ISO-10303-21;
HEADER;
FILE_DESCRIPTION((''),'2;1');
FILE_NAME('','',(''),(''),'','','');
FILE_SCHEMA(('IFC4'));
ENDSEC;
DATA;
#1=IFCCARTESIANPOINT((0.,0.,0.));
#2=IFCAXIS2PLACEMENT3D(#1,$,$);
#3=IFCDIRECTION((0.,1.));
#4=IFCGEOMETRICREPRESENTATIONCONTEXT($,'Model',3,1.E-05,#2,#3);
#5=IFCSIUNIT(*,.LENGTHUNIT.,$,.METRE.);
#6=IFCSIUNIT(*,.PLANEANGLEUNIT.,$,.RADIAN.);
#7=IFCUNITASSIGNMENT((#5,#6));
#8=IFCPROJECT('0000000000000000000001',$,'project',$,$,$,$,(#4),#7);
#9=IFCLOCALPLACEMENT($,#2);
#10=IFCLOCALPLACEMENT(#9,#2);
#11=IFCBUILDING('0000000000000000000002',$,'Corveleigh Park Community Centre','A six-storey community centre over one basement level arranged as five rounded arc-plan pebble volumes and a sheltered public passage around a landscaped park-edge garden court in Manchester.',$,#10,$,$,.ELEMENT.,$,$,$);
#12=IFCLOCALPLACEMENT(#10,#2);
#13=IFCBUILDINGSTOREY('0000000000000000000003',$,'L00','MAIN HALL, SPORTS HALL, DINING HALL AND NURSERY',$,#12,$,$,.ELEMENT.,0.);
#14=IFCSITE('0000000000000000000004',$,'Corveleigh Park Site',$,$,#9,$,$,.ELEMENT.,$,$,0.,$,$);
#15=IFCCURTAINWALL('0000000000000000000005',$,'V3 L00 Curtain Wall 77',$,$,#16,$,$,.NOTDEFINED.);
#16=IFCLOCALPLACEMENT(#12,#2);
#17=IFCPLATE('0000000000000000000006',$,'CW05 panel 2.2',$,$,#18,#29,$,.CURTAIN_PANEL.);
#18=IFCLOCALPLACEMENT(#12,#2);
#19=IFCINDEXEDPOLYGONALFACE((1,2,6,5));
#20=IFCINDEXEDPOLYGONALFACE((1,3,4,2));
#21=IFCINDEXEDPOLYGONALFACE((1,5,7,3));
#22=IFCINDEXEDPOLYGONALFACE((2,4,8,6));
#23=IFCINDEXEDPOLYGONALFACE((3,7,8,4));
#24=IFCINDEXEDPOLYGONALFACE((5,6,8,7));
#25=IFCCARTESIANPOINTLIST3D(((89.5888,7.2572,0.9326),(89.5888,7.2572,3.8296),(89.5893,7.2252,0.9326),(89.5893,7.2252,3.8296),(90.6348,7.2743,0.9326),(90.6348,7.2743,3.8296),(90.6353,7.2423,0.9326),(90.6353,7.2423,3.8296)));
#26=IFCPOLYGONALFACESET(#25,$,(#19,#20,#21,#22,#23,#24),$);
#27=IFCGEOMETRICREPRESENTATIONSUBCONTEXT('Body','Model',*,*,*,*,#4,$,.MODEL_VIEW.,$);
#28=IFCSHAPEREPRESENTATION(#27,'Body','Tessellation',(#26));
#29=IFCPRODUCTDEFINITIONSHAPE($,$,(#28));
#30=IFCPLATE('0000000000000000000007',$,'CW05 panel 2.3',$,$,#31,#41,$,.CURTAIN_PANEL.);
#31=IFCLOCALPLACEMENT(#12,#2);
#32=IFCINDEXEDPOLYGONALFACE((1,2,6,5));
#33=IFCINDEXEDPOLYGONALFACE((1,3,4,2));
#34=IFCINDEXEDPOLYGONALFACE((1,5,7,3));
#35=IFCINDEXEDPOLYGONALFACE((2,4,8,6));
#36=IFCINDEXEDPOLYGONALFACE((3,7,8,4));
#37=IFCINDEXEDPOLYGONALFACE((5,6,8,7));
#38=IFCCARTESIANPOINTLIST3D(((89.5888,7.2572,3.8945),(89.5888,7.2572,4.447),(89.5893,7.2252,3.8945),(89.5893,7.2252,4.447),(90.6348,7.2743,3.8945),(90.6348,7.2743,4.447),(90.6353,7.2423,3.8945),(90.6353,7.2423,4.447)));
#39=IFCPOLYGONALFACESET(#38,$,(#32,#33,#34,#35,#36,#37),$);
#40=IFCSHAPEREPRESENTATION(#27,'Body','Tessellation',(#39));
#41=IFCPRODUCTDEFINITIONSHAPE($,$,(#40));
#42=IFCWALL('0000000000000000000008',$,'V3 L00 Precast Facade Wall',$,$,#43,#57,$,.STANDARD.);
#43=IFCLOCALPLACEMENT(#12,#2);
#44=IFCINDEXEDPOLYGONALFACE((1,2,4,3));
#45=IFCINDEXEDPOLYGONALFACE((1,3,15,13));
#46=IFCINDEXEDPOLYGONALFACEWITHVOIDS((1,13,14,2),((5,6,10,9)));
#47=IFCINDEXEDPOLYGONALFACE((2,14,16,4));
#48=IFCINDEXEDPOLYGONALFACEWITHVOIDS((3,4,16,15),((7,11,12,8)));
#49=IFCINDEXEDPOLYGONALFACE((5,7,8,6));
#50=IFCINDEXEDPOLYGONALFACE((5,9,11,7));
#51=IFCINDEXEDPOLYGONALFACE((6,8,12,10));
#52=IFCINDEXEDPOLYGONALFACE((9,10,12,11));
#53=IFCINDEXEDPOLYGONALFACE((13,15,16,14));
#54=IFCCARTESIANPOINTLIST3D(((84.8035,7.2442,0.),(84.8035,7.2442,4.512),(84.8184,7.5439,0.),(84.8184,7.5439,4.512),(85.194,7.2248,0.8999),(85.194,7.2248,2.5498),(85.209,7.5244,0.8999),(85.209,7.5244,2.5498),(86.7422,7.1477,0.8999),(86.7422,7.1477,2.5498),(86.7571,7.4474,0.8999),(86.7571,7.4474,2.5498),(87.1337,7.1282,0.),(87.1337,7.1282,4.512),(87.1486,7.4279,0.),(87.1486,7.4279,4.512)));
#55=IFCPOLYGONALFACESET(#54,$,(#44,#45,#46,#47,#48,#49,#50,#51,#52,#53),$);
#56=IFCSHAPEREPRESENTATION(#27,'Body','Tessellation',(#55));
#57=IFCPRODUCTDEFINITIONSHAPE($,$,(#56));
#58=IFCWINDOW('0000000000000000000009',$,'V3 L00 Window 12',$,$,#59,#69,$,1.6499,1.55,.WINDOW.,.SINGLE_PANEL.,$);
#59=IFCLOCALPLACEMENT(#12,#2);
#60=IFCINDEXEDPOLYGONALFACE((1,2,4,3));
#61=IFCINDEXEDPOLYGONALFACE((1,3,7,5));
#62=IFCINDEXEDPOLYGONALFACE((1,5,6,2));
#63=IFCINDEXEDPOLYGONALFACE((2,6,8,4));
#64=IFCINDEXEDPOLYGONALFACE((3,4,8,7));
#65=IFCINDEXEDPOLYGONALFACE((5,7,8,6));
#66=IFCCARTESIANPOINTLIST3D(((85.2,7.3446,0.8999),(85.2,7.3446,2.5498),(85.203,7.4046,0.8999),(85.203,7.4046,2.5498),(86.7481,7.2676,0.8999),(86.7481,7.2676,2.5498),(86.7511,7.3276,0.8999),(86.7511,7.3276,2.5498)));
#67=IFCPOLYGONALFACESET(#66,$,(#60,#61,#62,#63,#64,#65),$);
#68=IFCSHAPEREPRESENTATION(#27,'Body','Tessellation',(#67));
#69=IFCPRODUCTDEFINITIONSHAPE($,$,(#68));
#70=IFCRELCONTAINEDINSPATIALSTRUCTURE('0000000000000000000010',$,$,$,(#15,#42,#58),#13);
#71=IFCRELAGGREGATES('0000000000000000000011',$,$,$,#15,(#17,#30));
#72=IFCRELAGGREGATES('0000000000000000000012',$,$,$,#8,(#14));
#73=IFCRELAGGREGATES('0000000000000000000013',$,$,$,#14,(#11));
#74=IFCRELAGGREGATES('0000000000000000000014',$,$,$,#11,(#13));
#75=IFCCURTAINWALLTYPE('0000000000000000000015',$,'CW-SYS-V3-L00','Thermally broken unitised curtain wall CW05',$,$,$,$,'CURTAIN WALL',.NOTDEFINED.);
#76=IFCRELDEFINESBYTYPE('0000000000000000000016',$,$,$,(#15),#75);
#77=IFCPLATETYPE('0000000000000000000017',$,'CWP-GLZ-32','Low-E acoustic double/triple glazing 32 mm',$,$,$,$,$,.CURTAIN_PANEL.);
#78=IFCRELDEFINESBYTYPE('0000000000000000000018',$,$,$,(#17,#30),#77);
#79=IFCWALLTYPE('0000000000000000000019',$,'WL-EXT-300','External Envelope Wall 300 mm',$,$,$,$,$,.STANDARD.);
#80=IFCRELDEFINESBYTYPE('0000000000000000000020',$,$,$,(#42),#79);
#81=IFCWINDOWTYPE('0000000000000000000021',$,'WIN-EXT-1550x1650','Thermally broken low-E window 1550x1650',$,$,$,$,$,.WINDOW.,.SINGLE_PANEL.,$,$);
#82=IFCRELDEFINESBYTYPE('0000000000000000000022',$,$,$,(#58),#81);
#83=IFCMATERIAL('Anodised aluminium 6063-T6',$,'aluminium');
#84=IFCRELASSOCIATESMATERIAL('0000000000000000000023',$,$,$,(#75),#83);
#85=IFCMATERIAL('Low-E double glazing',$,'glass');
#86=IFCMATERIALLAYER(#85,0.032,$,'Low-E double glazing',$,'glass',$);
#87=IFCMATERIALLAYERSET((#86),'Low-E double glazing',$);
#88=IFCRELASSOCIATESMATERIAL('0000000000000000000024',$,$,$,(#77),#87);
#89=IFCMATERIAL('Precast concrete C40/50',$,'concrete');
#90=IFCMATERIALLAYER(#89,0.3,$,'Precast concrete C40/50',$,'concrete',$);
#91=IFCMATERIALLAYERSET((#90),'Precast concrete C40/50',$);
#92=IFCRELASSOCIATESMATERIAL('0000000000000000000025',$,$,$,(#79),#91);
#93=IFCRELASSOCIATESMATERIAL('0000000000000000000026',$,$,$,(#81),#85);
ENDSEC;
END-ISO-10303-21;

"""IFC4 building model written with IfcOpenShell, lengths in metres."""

from ifc_helpers import new_model, si_unit, direction, frame, frame_2d, origin, origin_2d, place, context, subcontext, project, spatial, rectangle, extrude, material, layer, layer_set, type_object, element, fill, aggregate, save


model = new_model("IFC4")

# Units and contexts
model_context = context("Model", 3, precision=1e-05, world=origin(), true_north=direction((0.0, 1.0)))
body_context = subcontext(model_context, "Body", "Model", "MODEL_VIEW")
ifc_project = project(units=[si_unit("LENGTHUNIT", "METRE"), si_unit("PLANEANGLEUNIT", "RADIAN")], contexts=[model_context])

# Site, building, storey
site_placement = place(None, origin())
site = spatial("IfcSite", under=ifc_project, at=site_placement, Name="Corveleigh Park Site", CompositionType="ELEMENT", RefElevation=0.0)
building_placement = place(site_placement, origin())
building = spatial("IfcBuilding", under=site, at=building_placement, Name="Corveleigh Park Community Centre", Description="A six-storey community centre over one basement level arranged as five rounded arc-plan pebble volumes and a sheltered public passage around a landscaped park-edge garden court in Manchester.", CompositionType="ELEMENT")
storey_placement = place(building_placement, origin())
storey = spatial("IfcBuildingStorey", under=building, at=storey_placement, Name="L00", Description="MAIN HALL, SPORTS HALL, DINING HALL AND NURSERY", CompositionType="ELEMENT", Elevation=0.0)

# Curtain wall
ifc_material_1 = material(Name="Anodised aluminium 6063-T6", Category="aluminium")
curtain_wall_type = type_object("IfcCurtainWallType", Name="CW-SYS-V3-L00", Description="Thermally broken unitised curtain wall CW05", ElementType="CURTAIN WALL", PredefinedType="NOTDEFINED", material=ifc_material_1)
curtain_wall_1_placement = place(storey_placement, origin())
curtain_wall_1 = element("IfcCurtainWall", 1, at=curtain_wall_1_placement, inside=storey, type_object=curtain_wall_type, Name="V3 L00 Curtain Wall 77", PredefinedType="NOTDEFINED")

# Plates
ifc_material_2 = material(Name="Low-E double glazing", Category="glass")
ifc_layer_1 = layer(ifc_material_2, 0.032, Name="Low-E double glazing", Category="glass")
ifc_layer_set_1 = layer_set([ifc_layer_1], Name="Low-E double glazing")
plate_type_1 = type_object("IfcPlateType", Name="CWP-GLZ-32", Description="Low-E acoustic double/triple glazing 32 mm", PredefinedType="CURTAIN_PANEL", material=ifc_layer_set_1)
plate_1_placement = place(storey_placement, frame((90.1121, 7.2498, 0.9326), z_axis=(0.0, 0.0, 1.0), x_axis=(-0.999867, -0.016293, 0.0)))
plate_1 = element("IfcPlate", 2, at=plate_1_placement, type_object=plate_type_1, Name="CW05 panel 2.2", PredefinedType="CURTAIN_PANEL", context=body_context, shape_type="SweptSolid", body=[
    extrude(rectangle(XDim=1.0461, YDim=0.032, at=origin_2d()), origin(), (0.0, 0.0, 1.0), 2.897),
])
plate_2_placement = place(storey_placement, frame((90.1121, 7.2498, 3.8945), z_axis=(0.0, 0.0, 1.0), x_axis=(-0.999867, -0.016293, 0.0)))
plate_2 = element("IfcPlate", 3, at=plate_2_placement, type_object=plate_type_1, Name="CW05 panel 2.3", PredefinedType="CURTAIN_PANEL", context=body_context, shape_type="SweptSolid", body=[
    extrude(rectangle(XDim=1.0461, YDim=0.032, at=origin_2d()), origin(), (0.0, 0.0, 1.0), 0.5525),
])
aggregate(curtain_wall_1, [plate_1, plate_2])

# Wall, opening, window
ifc_material_3 = material(Name="Precast concrete C40/50", Category="concrete")
ifc_layer_2 = layer(ifc_material_3, 0.3, Name="Precast concrete C40/50", Category="concrete")
ifc_layer_set_2 = layer_set([ifc_layer_2], Name="Precast concrete C40/50")
wall_type = type_object("IfcWallType", Name="WL-EXT-300", Description="External Envelope Wall 300 mm", PredefinedType="STANDARD", material=ifc_layer_set_2)
wall_placement = place(storey_placement, frame((87.1411, 7.2781, 0.0), z_axis=(0.0, 0.0, 1.0), x_axis=(-0.998764, 0.049708, 0.0)))
wall = element("IfcWall", 4, at=wall_placement, inside=storey, type_object=wall_type, Name="V3 L00 Precast Facade Wall", PredefinedType="STANDARD", context=body_context, shape_type="SweptSolid", body=[
    extrude(rectangle(XDim=2.333, YDim=0.3, at=frame_2d((1.1665, 0.0))), origin(), (0.0, 0.0, 1.0), 4.512),
])
opening_placement = place(wall_placement, frame((0.3921, 0.0, 0.8999)))
opening = element("IfcOpeningElement", 5, at=opening_placement, cuts=wall, PredefinedType="OPENING", context=body_context, shape_type="SweptSolid", body=[
    extrude(rectangle(XDim=1.55, YDim=1.6499, at=frame_2d((0.7749, 0.825))), frame((0.0, 0.1599, 0.0), z_axis=(0.0, -1.0, 0.0), x_axis=(1.0, 0.0, 0.0)), (0.0, 0.0, 1.0), 0.3201),
])
window_type = type_object("IfcWindowType", Name="WIN-EXT-1550x1650", Description="Thermally broken low-E window 1550x1650", PartitioningType="SINGLE_PANEL", PredefinedType="WINDOW", material=ifc_material_2)
window_placement = place(opening_placement, origin())
window = element("IfcWindow", 6, at=window_placement, inside=storey, type_object=window_type, Name="V3 L00 Window 12", OverallHeight=1.6499, OverallWidth=1.55, PartitioningType="SINGLE_PANEL", PredefinedType="WINDOW", context=body_context, shape_type="SweptSolid", body=[
    extrude(rectangle(XDim=1.55, YDim=1.6499, at=frame_2d((0.7749, 0.825))), frame((0.0, 0.03, 0.0), z_axis=(0.0, -1.0, 0.0), x_axis=(1.0, 0.0, 0.0)), (0.0, 0.0, 1.0), 0.0601),
])
fill(opening, window)

save(model, "model.ifc")
